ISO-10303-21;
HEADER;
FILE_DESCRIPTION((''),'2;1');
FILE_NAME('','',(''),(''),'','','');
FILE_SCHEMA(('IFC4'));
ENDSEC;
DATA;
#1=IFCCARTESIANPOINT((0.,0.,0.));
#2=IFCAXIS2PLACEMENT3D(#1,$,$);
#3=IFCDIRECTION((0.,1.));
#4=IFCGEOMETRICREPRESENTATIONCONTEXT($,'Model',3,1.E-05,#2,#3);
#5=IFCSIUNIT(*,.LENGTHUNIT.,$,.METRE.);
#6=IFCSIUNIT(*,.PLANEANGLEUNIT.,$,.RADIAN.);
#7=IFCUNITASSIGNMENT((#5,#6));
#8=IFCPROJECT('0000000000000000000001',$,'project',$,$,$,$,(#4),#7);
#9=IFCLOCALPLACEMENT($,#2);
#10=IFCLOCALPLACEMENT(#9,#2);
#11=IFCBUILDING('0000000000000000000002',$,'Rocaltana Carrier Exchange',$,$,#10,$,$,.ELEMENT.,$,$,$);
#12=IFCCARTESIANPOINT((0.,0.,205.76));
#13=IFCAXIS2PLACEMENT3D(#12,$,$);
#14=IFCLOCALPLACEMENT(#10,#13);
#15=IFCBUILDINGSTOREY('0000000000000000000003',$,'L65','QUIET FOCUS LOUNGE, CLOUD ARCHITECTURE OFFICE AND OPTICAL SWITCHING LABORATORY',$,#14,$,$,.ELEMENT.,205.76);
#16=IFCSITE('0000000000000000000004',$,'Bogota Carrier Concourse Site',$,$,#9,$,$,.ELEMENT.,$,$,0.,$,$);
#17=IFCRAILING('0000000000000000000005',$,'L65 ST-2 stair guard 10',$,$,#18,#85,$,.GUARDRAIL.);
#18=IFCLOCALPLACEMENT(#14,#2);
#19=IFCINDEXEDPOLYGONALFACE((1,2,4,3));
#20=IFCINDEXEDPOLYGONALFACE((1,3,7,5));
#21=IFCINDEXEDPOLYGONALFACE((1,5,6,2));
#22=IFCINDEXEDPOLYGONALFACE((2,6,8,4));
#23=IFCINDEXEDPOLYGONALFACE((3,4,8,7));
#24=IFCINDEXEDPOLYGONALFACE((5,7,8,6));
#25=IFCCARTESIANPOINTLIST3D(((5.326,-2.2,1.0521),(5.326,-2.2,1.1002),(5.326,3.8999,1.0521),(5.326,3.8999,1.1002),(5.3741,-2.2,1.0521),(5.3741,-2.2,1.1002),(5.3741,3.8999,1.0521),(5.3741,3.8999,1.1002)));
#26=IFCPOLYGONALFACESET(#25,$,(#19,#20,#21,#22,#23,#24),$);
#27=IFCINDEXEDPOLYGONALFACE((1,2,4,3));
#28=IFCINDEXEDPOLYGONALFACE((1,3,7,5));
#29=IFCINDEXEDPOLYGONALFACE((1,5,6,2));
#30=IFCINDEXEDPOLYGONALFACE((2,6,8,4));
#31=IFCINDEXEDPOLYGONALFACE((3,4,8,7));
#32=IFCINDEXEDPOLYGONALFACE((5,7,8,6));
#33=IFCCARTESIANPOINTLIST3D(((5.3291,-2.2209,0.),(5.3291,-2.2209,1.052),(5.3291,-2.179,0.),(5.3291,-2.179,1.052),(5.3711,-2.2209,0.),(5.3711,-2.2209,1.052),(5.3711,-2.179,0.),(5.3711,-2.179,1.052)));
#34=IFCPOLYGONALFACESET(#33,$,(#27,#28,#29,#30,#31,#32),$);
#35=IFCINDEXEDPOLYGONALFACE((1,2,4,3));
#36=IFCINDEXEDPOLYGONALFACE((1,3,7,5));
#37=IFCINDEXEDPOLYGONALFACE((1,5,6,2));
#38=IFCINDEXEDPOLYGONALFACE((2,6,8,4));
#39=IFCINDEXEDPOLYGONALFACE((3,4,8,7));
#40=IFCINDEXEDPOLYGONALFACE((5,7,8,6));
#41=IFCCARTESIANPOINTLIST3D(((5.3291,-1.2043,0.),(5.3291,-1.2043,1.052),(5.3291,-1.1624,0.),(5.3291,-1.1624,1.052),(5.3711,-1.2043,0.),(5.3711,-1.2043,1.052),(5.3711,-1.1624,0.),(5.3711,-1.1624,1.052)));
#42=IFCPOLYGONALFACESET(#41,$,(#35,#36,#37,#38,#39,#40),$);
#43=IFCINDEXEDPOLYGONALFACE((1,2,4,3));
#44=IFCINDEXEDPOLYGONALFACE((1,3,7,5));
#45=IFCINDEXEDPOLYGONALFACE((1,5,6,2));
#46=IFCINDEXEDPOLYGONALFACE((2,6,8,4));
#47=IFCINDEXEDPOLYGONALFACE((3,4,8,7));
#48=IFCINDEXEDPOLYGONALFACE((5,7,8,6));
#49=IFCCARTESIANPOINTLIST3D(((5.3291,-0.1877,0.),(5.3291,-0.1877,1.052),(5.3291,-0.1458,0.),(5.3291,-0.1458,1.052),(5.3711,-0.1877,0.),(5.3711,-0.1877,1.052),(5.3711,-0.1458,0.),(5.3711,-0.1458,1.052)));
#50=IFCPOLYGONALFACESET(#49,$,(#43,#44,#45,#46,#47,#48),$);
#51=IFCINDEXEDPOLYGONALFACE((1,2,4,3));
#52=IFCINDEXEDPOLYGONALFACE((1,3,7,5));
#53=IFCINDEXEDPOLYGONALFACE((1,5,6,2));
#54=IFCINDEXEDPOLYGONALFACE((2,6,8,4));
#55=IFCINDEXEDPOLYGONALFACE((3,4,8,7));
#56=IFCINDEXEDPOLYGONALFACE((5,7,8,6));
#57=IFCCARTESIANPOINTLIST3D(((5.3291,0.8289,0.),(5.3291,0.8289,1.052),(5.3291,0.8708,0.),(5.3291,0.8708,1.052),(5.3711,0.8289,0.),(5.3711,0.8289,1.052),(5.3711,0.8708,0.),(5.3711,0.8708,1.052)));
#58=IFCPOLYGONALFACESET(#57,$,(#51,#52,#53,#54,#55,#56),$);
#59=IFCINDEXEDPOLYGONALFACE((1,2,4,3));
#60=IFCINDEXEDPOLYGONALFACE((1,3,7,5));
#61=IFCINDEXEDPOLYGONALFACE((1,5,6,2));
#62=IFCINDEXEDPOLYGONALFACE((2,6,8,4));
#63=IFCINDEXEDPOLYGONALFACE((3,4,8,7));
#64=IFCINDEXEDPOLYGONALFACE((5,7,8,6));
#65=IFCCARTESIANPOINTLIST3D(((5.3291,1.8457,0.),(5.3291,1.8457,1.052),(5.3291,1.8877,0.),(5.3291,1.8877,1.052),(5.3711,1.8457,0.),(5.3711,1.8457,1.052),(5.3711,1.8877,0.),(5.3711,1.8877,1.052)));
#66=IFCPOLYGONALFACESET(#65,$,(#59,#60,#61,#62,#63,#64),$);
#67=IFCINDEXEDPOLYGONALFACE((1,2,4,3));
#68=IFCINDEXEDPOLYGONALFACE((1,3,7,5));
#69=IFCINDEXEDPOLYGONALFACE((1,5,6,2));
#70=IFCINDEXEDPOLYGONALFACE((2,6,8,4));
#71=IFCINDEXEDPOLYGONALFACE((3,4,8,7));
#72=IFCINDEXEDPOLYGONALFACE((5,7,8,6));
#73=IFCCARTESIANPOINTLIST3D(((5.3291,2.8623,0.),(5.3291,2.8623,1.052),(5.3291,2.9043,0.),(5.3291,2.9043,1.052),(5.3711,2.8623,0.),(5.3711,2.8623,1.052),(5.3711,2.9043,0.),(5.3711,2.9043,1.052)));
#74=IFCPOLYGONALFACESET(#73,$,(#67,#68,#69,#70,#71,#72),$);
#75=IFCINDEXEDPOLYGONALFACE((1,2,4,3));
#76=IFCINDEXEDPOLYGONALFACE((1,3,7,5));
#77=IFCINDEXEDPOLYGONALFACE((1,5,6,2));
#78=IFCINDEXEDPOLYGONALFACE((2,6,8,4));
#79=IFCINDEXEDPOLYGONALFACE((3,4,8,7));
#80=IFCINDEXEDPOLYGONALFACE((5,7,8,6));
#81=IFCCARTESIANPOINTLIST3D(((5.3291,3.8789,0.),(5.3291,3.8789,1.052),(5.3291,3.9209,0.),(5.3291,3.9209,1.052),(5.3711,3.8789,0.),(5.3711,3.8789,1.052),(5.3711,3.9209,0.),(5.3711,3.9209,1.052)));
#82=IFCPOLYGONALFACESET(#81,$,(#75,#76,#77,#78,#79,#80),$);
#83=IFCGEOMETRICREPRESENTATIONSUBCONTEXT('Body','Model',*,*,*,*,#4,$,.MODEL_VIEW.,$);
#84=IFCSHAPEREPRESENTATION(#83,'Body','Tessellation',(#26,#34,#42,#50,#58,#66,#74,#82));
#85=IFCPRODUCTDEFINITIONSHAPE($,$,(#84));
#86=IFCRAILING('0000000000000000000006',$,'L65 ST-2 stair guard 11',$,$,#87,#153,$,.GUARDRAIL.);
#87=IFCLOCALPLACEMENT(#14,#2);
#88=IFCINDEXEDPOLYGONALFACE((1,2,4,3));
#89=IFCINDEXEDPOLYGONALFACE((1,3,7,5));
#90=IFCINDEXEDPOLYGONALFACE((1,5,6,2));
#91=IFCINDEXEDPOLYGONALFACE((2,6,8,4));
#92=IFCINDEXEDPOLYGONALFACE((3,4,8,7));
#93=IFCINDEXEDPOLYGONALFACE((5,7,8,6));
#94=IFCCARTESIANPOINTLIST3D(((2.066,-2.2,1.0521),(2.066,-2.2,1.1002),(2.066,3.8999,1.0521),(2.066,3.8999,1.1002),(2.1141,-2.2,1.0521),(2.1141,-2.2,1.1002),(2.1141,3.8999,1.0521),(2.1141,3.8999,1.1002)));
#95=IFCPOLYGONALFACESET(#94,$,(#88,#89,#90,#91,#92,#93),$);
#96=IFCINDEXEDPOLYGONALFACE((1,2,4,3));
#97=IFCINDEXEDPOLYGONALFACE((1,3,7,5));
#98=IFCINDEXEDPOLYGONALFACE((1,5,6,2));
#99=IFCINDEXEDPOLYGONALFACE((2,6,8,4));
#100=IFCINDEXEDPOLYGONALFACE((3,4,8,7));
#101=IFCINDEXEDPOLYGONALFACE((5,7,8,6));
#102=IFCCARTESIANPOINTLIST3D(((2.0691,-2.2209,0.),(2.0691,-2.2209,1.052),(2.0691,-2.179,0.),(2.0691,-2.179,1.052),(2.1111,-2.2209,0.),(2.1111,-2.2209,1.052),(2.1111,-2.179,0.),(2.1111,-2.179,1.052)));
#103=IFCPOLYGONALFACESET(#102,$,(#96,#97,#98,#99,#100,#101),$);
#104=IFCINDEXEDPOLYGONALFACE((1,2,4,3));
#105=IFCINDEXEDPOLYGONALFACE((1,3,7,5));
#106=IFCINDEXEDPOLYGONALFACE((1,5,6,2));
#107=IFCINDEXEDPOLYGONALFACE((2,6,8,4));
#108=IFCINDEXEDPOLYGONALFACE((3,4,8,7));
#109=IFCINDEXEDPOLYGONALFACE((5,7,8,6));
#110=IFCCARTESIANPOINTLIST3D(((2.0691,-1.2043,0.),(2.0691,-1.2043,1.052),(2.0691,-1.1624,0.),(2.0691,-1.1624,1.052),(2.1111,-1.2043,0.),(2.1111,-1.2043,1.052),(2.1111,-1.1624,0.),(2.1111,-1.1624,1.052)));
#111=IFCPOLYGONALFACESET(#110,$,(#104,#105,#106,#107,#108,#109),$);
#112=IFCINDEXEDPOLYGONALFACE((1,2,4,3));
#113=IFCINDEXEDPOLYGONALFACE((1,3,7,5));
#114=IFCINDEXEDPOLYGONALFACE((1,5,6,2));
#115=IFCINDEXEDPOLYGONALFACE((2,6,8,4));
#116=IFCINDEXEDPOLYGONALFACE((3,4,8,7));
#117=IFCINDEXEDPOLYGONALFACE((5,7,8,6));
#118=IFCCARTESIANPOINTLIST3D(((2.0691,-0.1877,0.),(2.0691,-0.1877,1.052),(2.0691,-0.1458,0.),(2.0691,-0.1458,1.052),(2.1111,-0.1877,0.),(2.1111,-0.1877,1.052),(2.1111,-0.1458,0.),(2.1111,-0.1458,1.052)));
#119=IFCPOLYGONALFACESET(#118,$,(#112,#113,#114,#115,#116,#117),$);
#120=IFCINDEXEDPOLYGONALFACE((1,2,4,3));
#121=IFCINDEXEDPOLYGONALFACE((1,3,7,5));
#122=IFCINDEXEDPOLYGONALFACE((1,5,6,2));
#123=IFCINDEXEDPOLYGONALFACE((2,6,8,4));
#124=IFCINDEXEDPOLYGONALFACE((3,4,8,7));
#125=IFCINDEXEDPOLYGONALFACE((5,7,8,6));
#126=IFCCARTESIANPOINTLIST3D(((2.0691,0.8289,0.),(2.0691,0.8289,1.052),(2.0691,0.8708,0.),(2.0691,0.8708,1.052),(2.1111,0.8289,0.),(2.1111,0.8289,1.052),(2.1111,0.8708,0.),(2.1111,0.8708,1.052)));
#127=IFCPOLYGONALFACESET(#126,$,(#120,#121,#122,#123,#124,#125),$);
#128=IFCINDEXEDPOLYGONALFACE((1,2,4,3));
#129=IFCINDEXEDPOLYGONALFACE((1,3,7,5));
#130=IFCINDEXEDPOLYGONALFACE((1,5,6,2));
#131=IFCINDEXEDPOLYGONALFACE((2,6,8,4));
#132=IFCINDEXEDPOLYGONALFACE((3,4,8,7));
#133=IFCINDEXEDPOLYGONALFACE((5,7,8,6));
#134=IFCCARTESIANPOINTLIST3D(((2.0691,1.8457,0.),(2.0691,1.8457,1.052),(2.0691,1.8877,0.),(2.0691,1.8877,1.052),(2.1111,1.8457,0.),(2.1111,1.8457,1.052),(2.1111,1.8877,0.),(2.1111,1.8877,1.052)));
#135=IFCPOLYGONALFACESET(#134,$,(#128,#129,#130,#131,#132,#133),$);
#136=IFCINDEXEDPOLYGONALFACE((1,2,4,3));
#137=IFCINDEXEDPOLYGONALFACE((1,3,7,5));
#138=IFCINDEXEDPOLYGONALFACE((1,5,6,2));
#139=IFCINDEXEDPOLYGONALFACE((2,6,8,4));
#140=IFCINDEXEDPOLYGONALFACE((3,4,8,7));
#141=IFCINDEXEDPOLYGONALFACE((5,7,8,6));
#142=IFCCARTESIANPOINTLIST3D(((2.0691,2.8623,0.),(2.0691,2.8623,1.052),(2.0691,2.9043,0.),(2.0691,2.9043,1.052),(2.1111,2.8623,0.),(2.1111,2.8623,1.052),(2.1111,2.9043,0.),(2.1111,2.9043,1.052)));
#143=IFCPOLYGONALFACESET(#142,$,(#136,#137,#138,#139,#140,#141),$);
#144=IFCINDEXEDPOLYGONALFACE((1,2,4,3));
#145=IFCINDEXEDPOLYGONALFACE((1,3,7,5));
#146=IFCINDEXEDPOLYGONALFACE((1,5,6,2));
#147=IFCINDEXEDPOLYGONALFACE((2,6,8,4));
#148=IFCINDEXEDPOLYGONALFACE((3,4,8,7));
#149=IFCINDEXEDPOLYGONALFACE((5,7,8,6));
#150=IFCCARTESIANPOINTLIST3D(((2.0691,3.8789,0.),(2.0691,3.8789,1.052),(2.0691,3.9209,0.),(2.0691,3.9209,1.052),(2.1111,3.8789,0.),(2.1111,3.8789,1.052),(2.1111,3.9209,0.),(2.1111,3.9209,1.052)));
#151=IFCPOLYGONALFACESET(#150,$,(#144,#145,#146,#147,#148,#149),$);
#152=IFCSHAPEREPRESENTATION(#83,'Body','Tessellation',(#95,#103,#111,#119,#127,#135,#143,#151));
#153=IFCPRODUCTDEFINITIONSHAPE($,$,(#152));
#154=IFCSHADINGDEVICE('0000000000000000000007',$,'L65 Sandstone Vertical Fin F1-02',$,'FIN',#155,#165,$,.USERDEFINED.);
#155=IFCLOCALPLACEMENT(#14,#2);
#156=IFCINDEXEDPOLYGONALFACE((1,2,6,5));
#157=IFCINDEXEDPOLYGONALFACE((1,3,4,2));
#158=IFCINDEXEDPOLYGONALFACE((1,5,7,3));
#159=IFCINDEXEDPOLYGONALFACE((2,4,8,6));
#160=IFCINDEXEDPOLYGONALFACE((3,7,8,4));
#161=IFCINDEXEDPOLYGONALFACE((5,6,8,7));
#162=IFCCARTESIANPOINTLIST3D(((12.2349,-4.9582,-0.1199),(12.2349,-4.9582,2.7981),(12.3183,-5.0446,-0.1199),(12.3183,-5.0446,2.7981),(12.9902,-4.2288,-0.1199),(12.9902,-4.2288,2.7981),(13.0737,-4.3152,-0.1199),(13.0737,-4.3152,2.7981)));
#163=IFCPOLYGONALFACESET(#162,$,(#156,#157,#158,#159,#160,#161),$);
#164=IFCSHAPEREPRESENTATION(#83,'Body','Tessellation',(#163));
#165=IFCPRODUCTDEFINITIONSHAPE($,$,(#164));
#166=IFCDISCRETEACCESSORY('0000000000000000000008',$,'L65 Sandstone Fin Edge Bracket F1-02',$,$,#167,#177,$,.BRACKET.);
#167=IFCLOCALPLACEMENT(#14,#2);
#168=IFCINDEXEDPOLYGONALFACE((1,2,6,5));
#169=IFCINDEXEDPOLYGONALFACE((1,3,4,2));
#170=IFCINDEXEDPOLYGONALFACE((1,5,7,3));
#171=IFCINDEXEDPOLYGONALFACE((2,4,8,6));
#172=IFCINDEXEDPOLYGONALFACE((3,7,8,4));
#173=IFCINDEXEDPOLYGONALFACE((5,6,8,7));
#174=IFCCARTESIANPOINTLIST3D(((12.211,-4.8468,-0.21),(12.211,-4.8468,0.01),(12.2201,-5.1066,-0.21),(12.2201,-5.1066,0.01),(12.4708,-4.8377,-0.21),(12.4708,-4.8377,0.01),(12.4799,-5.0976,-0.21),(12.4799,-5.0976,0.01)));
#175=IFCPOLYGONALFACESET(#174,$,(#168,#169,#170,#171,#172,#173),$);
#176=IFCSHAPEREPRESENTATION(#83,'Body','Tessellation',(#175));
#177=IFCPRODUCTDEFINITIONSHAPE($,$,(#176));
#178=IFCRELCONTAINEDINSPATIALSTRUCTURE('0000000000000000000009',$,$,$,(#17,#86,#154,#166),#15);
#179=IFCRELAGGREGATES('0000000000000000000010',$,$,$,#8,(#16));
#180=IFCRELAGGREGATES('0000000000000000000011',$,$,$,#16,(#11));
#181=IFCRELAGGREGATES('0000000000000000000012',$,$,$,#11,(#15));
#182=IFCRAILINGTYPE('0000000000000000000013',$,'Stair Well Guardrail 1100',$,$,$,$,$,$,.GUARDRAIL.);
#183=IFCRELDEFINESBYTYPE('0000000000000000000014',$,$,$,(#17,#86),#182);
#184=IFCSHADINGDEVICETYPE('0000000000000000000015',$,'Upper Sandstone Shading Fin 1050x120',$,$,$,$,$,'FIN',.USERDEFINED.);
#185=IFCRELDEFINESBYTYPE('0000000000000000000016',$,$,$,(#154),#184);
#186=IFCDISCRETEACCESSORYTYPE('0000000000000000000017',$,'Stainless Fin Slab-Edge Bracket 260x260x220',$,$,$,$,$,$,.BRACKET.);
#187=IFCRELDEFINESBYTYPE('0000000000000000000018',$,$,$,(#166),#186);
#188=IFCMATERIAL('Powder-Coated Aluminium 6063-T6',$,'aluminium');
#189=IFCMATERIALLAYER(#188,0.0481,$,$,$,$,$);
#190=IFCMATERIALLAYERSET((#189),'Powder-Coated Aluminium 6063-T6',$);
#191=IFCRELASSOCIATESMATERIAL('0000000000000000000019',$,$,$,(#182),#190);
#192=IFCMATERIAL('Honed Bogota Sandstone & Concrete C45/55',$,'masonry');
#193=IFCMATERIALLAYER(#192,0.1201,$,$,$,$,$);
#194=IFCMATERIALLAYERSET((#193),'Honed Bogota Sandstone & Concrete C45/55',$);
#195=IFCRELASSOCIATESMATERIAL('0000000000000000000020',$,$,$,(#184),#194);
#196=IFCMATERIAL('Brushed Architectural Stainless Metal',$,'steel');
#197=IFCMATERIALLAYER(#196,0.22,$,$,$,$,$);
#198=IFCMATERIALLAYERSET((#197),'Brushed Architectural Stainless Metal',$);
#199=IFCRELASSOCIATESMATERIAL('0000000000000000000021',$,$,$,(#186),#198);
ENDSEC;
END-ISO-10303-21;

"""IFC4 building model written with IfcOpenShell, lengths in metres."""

from ifc_helpers import new_model, si_unit, direction, frame, origin, origin_2d, place, context, subcontext, project, spatial, rectangle, extrude, material, layer, layer_set, type_object, element, save


model = new_model("IFC4")

# Units and contexts
model_context = context("Model", 3, precision=1e-05, world=origin(), true_north=direction((0.0, 1.0)))
body_context = subcontext(model_context, "Body", "Model", "MODEL_VIEW")
ifc_project = project(units=[si_unit("LENGTHUNIT", "METRE"), si_unit("PLANEANGLEUNIT", "RADIAN")], contexts=[model_context])

# Site, building, storey
site_placement = place(None, origin())
site = spatial("IfcSite", under=ifc_project, at=site_placement, Name="Bogota Carrier Concourse Site", CompositionType="ELEMENT", RefElevation=0.0)
building_placement = place(site_placement, origin())
building = spatial("IfcBuilding", under=site, at=building_placement, Name="Rocaltana Carrier Exchange", CompositionType="ELEMENT")
storey_placement = place(building_placement, frame((0.0, 0.0, 205.76)))
storey = spatial("IfcBuildingStorey", under=building, at=storey_placement, Name="L65", Description="QUIET FOCUS LOUNGE, CLOUD ARCHITECTURE OFFICE AND OPTICAL SWITCHING LABORATORY", CompositionType="ELEMENT", Elevation=205.76)

# Railings
ifc_material_1 = material(Name="Powder-Coated Aluminium 6063-T6", Category="aluminium")
ifc_layer_1 = layer(ifc_material_1, 0.0481)
ifc_layer_set_1 = layer_set([ifc_layer_1], Name="Powder-Coated Aluminium 6063-T6")
railing_type_1 = type_object("IfcRailingType", Name="Stair Well Guardrail 1100", PredefinedType="GUARDRAIL", material=ifc_layer_set_1)
for number, where, name in (
    (1, (5.3501, -2.2, 0.0), "L65 ST-2 stair guard 10"),
    (2, (2.0901, -2.2, 0.0), "L65 ST-2 stair guard 11"),
):
    element("IfcRailing", number, at=place(storey_placement, frame(where)), inside=storey, type_object=railing_type_1, Name=name, PredefinedType="GUARDRAIL", context=body_context, shape_type="SweptSolid", body=[
        extrude(rectangle(XDim=0.0481, YDim=0.0481, at=origin_2d()), frame((0.0, 0.0, 1.0762), z_axis=(0.0, 1.0, 0.0), x_axis=(-1.0, 0.0, 0.0)), (0.0, 0.0, 1.0), 6.0999),
        extrude(rectangle(XDim=0.042, YDim=0.042, at=origin_2d()), origin(), (0.0, 0.0, 1.0), 1.052),
        extrude(rectangle(XDim=0.042, YDim=0.042, at=origin_2d()), frame((0.0, 1.0166, 0.0)), (0.0, 0.0, 1.0), 1.052),
        extrude(rectangle(XDim=0.042, YDim=0.042, at=origin_2d()), frame((0.0, 2.0332, 0.0)), (0.0, 0.0, 1.0), 1.052),
        extrude(rectangle(XDim=0.042, YDim=0.042, at=origin_2d()), frame((0.0, 3.0498, 0.0)), (0.0, 0.0, 1.0), 1.052),
        extrude(rectangle(XDim=0.042, YDim=0.042, at=origin_2d()), frame((0.0, 4.0667, 0.0)), (0.0, 0.0, 1.0), 1.052),
        extrude(rectangle(XDim=0.042, YDim=0.042, at=origin_2d()), frame((0.0, 5.0833, 0.0)), (0.0, 0.0, 1.0), 1.052),
        extrude(rectangle(XDim=0.042, YDim=0.042, at=origin_2d()), frame((0.0, 6.0999, 0.0)), (0.0, 0.0, 1.0), 1.052),
    ])

# Shading device
ifc_material_2 = material(Name="Honed Bogota Sandstone & Concrete C45/55", Category="masonry")
ifc_layer_2 = layer(ifc_material_2, 0.1201)
ifc_layer_set_2 = layer_set([ifc_layer_2], Name="Honed Bogota Sandstone & Concrete C45/55")
shading_device_type = type_object("IfcShadingDeviceType", Name="Upper Sandstone Shading Fin 1050x120", ElementType="FIN", PredefinedType="USERDEFINED", material=ifc_layer_set_2)
shading_device_placement = place(storey_placement, frame((12.6543, -4.6367, -0.1199), z_axis=(0.0, 0.0, 1.0), x_axis=(0.71934, 0.694658, 0.0)))
element("IfcShadingDevice", 3, at=shading_device_placement, inside=storey, type_object=shading_device_type, Name="L65 Sandstone Vertical Fin F1-02", ObjectType="FIN", PredefinedType="USERDEFINED", context=body_context, shape_type="SweptSolid", body=[
    extrude(rectangle(XDim=1.05, YDim=0.1201, at=origin_2d()), origin(), (0.0, 0.0, 1.0), 2.918),
])

# Discrete accessory
ifc_material_3 = material(Name="Brushed Architectural Stainless Metal", Category="steel")
ifc_layer_3 = layer(ifc_material_3, 0.22)
ifc_layer_set_3 = layer_set([ifc_layer_3], Name="Brushed Architectural Stainless Metal")
discrete_accessory_type = type_object("IfcDiscreteAccessoryType", Name="Stainless Fin Slab-Edge Bracket 260x260x220", PredefinedType="BRACKET", material=ifc_layer_set_3)
discrete_accessory_placement = place(storey_placement, frame((12.3455, -4.9722, -0.21), z_axis=(0.0, 0.0, 1.0), x_axis=(-0.034899, 0.999391, 0.0)))
element("IfcDiscreteAccessory", 4, at=discrete_accessory_placement, inside=storey, type_object=discrete_accessory_type, Name="L65 Sandstone Fin Edge Bracket F1-02", PredefinedType="BRACKET", context=body_context, shape_type="SweptSolid", body=[
    extrude(rectangle(XDim=0.26, YDim=0.26, at=origin_2d()), origin(), (0.0, 0.0, 1.0), 0.22),
])

save(model, "model.ifc")
